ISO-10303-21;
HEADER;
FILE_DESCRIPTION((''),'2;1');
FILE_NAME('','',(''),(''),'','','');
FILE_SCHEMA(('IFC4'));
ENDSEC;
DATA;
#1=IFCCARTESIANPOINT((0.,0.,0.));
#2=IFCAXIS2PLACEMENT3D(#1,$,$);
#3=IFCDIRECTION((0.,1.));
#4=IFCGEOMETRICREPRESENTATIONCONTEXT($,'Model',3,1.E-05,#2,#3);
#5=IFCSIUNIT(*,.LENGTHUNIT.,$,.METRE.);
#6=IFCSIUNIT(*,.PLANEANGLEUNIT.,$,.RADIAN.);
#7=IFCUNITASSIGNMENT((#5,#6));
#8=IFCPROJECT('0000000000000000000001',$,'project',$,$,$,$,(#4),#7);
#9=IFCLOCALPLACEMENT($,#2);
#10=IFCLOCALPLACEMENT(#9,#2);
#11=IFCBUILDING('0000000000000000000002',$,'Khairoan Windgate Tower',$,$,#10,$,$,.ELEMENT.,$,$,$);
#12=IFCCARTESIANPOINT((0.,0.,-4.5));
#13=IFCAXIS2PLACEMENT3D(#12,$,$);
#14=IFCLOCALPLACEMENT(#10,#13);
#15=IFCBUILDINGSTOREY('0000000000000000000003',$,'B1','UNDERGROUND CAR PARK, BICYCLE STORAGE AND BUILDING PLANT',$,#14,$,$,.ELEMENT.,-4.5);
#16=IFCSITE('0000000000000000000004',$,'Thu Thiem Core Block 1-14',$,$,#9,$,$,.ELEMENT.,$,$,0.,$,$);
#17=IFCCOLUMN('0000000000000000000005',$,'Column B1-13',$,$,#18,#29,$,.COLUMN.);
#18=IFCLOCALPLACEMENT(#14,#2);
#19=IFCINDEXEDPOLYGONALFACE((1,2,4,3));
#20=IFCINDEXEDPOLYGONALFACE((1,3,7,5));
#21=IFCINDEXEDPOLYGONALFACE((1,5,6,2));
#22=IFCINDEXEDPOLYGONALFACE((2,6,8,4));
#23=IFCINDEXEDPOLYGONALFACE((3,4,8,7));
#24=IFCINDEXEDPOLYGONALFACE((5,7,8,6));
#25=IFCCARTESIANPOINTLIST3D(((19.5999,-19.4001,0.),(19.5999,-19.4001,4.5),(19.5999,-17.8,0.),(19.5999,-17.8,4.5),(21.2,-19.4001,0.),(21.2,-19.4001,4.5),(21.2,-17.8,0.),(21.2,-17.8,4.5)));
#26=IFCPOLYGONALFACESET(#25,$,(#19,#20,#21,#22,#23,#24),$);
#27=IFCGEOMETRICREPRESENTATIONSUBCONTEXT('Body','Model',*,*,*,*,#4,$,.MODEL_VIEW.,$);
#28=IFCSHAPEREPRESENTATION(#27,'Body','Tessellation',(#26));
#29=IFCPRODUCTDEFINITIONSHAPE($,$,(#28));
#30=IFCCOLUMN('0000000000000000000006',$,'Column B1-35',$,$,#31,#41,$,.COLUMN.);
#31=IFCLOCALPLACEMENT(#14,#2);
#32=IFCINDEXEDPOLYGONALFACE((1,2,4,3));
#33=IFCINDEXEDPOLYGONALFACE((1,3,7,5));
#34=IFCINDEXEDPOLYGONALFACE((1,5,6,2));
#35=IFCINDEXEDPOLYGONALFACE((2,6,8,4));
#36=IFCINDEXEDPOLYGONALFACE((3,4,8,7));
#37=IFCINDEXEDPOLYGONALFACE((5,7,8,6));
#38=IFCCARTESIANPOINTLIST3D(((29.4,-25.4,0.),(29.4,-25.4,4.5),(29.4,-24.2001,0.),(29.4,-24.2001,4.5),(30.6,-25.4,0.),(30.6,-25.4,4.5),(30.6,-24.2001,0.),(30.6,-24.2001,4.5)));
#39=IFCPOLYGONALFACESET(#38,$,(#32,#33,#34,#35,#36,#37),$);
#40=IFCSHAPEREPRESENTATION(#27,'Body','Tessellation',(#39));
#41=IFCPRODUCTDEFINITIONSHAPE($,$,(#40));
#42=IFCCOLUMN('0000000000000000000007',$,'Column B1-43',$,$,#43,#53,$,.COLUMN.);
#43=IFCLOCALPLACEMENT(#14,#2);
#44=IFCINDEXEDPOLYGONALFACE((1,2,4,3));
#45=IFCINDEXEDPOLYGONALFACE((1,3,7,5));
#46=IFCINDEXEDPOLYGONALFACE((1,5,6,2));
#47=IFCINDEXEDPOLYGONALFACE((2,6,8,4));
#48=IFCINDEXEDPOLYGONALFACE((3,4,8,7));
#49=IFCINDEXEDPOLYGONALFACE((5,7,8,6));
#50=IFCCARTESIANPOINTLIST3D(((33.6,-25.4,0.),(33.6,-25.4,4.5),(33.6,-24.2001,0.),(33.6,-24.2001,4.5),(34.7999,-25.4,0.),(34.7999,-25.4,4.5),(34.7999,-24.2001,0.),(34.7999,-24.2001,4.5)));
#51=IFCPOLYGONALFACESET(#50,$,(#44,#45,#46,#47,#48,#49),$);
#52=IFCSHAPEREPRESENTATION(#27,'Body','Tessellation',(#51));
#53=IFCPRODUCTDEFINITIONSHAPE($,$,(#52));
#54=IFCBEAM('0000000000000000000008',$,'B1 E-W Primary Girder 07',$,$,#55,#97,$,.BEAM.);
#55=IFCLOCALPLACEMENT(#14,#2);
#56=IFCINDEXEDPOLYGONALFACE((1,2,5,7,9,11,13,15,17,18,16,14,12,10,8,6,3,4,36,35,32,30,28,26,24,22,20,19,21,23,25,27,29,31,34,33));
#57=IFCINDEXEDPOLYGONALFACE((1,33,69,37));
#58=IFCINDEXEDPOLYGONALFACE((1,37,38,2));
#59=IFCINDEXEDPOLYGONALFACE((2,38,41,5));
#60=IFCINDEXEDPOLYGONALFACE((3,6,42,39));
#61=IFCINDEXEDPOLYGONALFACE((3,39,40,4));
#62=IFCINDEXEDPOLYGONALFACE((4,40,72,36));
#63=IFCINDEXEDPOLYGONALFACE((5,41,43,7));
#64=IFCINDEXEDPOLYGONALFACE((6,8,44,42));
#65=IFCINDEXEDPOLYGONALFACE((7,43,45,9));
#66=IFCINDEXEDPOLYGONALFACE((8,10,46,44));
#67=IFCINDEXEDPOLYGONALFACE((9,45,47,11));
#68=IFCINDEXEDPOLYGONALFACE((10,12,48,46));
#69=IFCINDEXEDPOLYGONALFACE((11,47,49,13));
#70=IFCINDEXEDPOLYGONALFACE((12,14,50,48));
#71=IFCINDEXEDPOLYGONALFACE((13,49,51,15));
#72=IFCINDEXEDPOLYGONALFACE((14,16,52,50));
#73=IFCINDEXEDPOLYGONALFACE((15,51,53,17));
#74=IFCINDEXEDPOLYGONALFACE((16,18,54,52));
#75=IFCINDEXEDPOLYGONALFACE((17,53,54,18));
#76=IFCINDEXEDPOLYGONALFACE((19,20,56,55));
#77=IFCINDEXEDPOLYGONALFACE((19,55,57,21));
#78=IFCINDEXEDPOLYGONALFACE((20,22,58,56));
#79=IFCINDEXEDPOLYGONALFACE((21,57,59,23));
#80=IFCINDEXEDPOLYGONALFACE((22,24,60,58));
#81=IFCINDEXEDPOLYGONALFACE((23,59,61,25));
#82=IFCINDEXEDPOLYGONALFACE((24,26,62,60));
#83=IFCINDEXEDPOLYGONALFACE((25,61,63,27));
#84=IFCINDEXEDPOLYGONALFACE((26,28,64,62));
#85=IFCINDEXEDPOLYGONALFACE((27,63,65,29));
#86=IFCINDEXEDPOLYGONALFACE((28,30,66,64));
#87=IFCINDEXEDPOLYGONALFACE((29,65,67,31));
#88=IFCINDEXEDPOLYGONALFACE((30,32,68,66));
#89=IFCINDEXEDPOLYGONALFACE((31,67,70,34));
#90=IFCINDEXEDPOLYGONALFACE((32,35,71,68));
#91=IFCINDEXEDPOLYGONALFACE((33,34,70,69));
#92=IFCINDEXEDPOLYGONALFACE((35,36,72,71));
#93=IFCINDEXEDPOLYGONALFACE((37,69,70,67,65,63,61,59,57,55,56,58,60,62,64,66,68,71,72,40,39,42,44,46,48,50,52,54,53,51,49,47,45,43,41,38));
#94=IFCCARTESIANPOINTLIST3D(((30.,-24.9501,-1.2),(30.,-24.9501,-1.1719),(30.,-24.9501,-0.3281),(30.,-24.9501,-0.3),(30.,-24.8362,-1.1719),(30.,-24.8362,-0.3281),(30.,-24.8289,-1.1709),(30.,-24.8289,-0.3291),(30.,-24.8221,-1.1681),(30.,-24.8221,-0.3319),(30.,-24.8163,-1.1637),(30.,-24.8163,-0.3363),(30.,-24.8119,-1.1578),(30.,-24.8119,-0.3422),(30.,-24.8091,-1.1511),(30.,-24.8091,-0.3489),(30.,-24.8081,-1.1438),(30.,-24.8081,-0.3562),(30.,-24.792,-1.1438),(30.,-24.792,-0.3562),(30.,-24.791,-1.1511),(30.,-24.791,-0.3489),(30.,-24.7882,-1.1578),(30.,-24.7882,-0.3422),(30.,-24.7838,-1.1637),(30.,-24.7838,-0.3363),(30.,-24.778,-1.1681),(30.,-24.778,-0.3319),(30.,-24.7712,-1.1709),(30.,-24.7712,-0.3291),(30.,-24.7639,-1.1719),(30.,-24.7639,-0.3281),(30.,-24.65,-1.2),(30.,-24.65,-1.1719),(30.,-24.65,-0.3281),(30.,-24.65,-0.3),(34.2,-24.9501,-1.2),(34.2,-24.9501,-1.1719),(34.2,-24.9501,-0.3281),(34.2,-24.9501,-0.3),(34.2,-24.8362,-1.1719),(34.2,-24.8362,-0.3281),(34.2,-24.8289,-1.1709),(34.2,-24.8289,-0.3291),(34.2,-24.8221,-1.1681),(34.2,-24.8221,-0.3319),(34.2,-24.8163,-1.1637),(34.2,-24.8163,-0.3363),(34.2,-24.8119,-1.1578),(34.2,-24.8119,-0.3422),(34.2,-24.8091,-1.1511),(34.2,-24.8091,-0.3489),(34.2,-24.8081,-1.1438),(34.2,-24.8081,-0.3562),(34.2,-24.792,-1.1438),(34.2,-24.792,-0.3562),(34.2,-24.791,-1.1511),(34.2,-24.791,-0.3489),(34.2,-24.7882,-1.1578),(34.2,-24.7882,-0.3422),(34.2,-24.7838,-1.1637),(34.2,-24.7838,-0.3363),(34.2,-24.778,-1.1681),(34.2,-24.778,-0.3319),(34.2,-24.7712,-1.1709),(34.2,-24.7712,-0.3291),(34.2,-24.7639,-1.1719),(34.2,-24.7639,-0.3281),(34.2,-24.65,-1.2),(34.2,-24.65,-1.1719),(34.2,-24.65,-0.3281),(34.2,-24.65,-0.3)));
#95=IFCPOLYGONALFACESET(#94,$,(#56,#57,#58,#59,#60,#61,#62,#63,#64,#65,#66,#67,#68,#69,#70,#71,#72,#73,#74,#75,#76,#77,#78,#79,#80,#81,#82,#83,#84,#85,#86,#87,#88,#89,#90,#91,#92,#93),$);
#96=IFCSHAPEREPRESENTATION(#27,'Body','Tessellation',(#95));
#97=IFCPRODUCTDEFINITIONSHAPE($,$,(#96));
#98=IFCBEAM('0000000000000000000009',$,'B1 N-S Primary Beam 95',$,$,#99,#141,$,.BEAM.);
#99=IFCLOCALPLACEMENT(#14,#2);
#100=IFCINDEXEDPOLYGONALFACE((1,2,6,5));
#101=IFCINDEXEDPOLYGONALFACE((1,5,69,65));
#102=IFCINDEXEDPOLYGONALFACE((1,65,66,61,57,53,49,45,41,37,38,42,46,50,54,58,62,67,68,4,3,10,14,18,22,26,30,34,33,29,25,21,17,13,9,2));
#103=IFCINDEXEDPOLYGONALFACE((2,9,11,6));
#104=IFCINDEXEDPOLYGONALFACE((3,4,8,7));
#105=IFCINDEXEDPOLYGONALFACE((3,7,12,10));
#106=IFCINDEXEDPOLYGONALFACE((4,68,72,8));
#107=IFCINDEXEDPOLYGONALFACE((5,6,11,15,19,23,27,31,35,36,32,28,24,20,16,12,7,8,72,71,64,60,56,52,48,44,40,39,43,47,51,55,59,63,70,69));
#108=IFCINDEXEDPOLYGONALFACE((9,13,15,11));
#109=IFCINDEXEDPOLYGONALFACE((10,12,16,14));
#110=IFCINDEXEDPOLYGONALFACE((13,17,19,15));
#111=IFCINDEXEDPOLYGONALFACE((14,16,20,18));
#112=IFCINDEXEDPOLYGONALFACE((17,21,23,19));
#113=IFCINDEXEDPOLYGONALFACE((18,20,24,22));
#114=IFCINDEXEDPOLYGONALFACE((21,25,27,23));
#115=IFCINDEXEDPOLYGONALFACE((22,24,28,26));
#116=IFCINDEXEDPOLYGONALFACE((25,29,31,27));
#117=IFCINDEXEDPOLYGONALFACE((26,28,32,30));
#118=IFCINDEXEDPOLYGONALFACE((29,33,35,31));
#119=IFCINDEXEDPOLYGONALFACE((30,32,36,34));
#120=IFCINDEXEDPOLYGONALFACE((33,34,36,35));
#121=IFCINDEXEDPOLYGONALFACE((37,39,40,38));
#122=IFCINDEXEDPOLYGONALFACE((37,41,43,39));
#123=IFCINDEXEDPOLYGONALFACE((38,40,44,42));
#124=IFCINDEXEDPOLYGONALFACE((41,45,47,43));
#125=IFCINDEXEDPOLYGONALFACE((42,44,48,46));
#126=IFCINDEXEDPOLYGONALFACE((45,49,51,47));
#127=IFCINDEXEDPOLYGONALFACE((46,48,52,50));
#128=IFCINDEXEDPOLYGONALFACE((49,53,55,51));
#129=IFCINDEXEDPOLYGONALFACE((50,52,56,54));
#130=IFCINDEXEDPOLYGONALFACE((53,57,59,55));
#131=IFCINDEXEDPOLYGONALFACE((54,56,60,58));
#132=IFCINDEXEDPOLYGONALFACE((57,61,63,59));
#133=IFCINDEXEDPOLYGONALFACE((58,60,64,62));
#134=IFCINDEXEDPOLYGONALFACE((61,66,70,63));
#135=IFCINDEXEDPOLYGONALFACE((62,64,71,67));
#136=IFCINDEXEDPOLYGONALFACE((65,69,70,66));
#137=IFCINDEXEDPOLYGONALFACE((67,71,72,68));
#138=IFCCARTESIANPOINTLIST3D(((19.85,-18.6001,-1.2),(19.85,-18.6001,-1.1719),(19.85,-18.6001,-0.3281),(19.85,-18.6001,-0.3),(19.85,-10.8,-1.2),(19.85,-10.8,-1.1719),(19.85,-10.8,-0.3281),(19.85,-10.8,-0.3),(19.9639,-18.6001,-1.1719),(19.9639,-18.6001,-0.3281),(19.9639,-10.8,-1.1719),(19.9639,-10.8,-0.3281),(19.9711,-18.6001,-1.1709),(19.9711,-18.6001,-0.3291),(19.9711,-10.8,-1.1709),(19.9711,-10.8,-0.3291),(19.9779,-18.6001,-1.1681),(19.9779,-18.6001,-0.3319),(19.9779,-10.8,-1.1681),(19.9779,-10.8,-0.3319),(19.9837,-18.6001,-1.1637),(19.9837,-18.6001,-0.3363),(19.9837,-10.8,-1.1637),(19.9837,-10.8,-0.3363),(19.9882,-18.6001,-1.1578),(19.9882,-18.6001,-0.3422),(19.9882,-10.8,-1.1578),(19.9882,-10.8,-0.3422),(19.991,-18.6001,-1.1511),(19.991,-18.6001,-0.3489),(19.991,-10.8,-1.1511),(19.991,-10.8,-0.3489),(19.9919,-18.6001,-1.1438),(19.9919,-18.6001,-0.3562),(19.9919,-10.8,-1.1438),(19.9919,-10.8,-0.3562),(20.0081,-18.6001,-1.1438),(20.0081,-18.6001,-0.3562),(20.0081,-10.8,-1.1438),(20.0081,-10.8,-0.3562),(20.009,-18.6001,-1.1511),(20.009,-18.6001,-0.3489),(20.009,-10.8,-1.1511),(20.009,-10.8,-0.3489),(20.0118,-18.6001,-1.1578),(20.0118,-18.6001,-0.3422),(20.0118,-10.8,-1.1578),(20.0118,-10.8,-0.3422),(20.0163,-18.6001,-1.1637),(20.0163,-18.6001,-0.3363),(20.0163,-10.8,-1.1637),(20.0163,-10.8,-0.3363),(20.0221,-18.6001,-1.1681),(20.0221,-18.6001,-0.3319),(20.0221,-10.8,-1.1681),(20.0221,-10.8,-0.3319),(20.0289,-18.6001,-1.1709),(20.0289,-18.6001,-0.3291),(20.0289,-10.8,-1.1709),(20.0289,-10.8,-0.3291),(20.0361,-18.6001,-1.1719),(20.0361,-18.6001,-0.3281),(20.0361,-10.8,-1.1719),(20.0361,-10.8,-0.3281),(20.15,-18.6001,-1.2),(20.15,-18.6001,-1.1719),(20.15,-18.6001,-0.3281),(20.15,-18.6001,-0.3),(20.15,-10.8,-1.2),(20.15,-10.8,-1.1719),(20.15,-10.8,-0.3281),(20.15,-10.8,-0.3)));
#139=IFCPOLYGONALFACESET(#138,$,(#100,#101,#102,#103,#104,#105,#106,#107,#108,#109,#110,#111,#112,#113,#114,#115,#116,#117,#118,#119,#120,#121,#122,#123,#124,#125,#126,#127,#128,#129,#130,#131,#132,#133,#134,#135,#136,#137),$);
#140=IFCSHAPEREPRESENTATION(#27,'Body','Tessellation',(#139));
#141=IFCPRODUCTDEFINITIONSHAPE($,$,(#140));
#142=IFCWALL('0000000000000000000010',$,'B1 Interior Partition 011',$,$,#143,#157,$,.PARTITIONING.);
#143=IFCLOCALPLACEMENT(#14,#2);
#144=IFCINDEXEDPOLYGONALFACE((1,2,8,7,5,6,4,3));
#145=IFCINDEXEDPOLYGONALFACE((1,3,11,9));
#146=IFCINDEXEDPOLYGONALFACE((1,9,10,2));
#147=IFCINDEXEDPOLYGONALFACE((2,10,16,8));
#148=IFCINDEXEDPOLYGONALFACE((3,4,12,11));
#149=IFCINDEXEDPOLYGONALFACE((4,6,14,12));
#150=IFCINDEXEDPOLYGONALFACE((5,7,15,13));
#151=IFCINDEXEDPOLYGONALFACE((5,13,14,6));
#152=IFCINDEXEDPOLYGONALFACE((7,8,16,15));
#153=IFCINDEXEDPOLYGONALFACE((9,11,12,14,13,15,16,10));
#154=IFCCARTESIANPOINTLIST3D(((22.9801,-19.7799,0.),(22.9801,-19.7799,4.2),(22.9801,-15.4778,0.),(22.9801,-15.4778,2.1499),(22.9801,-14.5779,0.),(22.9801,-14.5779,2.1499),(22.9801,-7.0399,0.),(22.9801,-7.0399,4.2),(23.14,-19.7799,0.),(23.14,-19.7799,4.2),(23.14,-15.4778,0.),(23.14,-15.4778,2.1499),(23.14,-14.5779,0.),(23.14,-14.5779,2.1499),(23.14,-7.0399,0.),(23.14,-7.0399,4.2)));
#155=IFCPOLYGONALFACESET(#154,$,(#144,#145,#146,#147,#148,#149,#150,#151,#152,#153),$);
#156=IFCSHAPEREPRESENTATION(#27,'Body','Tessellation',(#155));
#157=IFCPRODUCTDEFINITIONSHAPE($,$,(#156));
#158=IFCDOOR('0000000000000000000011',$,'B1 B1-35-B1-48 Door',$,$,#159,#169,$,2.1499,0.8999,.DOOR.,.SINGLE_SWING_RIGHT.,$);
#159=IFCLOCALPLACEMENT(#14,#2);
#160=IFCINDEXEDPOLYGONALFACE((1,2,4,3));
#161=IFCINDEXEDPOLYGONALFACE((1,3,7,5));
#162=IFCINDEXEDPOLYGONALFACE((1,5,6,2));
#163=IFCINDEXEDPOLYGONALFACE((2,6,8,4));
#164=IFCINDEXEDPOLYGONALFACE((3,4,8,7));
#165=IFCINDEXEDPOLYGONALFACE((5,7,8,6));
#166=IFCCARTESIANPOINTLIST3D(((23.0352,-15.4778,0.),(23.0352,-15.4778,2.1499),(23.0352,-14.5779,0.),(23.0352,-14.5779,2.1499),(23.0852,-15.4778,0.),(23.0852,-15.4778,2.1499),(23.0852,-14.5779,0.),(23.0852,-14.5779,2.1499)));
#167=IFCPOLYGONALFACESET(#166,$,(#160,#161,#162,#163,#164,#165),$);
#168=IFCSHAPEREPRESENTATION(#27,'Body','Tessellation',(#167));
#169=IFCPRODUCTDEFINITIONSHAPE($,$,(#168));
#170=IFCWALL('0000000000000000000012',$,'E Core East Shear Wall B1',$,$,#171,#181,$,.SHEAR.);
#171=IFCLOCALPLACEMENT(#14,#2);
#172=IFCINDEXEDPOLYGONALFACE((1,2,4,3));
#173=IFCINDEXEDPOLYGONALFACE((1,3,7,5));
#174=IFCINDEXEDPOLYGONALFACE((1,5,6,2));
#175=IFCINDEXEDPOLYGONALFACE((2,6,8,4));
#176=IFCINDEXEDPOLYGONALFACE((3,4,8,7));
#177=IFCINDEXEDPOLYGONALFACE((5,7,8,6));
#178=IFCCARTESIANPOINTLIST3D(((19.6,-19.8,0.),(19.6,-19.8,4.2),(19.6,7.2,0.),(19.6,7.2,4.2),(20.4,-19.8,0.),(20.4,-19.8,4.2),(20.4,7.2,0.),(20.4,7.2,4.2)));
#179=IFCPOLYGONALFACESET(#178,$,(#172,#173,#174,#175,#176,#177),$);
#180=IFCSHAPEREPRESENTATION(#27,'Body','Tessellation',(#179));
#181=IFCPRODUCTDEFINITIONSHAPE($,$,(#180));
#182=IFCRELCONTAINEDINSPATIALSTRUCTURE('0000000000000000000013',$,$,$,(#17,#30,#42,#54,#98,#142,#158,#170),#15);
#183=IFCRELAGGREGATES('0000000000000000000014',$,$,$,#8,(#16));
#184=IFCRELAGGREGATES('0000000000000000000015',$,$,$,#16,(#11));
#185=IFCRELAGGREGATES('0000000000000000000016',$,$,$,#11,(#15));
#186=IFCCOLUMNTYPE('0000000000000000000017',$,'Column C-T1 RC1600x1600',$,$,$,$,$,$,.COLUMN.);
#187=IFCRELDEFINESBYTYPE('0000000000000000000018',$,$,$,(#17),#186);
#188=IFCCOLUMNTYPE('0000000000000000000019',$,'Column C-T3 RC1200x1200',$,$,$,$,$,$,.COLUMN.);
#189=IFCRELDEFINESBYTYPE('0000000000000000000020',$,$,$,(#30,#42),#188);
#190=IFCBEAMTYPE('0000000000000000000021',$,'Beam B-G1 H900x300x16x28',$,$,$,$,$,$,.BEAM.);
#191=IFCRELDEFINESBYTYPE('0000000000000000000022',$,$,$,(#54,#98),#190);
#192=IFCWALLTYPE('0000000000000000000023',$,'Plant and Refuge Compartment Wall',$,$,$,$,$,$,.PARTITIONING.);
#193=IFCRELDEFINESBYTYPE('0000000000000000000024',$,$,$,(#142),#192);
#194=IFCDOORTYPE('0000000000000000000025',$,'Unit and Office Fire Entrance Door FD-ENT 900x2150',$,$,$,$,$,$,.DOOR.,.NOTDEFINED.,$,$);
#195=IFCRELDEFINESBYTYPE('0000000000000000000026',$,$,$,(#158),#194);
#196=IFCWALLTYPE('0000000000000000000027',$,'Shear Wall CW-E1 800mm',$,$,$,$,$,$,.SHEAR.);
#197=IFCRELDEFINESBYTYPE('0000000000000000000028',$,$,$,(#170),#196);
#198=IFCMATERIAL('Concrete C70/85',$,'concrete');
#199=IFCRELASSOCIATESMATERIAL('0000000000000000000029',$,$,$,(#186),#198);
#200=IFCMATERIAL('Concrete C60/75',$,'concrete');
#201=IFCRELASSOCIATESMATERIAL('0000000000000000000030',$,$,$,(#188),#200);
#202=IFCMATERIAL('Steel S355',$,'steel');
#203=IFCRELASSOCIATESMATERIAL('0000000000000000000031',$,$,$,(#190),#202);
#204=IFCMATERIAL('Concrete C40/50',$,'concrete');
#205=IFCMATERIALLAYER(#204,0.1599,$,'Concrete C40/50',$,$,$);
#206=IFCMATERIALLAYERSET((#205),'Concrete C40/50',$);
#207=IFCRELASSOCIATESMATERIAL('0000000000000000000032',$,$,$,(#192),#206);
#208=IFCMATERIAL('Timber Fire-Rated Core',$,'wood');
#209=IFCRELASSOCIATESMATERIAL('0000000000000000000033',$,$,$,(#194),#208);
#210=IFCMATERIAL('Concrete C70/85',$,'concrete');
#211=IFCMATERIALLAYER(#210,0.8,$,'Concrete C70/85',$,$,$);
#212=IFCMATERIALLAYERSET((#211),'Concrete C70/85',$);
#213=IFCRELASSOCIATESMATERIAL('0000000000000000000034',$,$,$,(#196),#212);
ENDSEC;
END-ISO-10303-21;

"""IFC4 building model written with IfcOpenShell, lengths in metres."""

from ifc_helpers import new_model, si_unit, direction, frame, frame_2d, origin, origin_2d, place, context, subcontext, project, spatial, rectangle, i_section, extrude, material, layer, layer_set, material_profile, profile_set, type_object, element, fill, save


model = new_model("IFC4")

# Units and contexts
model_context = context("Model", 3, precision=1e-05, world=origin(), true_north=direction((0.0, 1.0)))
body_context = subcontext(model_context, "Body", "Model", "MODEL_VIEW")
ifc_project = project(units=[si_unit("LENGTHUNIT", "METRE"), si_unit("PLANEANGLEUNIT", "RADIAN")], contexts=[model_context])

# Site, building, storey
site_placement = place(None, origin())
site = spatial("IfcSite", under=ifc_project, at=site_placement, Name="Thu Thiem Core Block 1-14", CompositionType="ELEMENT", RefElevation=0.0)
building_placement = place(site_placement, origin())
building = spatial("IfcBuilding", under=site, at=building_placement, Name="Khairoan Windgate Tower", CompositionType="ELEMENT")
storey_placement = place(building_placement, frame((0.0, 0.0, -4.5)))
storey = spatial("IfcBuildingStorey", under=building, at=storey_placement, Name="B1", Description="UNDERGROUND CAR PARK, BICYCLE STORAGE AND BUILDING PLANT", CompositionType="ELEMENT", Elevation=-4.5)

# Columns
ifc_material_1 = material(Name="Concrete C70/85", Category="concrete")
ifc_material_profile_1 = material_profile(ifc_material_1, rectangle(XDim=1.6001, YDim=1.6001, at=origin_2d()))
ifc_profile_set_1 = profile_set([ifc_material_profile_1], Name="Concrete C70/85")
column_type_1 = type_object("IfcColumnType", Name="Column C-T1 RC1600x1600", PredefinedType="COLUMN", material=ifc_profile_set_1)
column_placement = place(storey_placement, frame((20.3999, -18.6001, 0.0), z_axis=(0.0, 0.0, 1.0), x_axis=(1.0, 0.0, 0.0)))
element("IfcColumn", 1, at=column_placement, inside=storey, type_object=column_type_1, Name="Column B1-13", PredefinedType="COLUMN", context=body_context, shape_type="SweptSolid", body=[
    extrude(rectangle(XDim=1.6001, YDim=1.6001, at=origin_2d()), origin(), (0.0, 0.0, 1.0), 4.5),
])
ifc_material_2 = material(Name="Concrete C60/75", Category="concrete")
ifc_material_profile_2 = material_profile(ifc_material_2, rectangle(XDim=1.2, YDim=1.2, at=origin_2d()))
ifc_profile_set_2 = profile_set([ifc_material_profile_2], Name="Concrete C60/75")
column_type_2 = type_object("IfcColumnType", Name="Column C-T3 RC1200x1200", PredefinedType="COLUMN", material=ifc_profile_set_2)
for number, where, z_axis, x_axis, name in (
    (2, (30.0, -24.8, 0.0), (0.0, 0.0, 1.0), (1.0, 0.0, 0.0), "Column B1-35"),
    (3, (34.2, -24.8, 0.0), (0.0, 0.0, 1.0), (1.0, 0.0, 0.0), "Column B1-43"),
):
    element("IfcColumn", number, at=place(storey_placement, frame(where, z_axis=z_axis, x_axis=x_axis)), inside=storey, type_object=column_type_2, Name=name, PredefinedType="COLUMN", context=body_context, shape_type="SweptSolid", body=[
        extrude(rectangle(XDim=1.2, YDim=1.2, at=origin_2d()), origin(), (0.0, 0.0, 1.0), 4.5),
    ])

# Beams
ifc_material_3 = material(Name="Steel S355", Category="steel")
ifc_material_profile_3 = material_profile(ifc_material_3, i_section(OverallWidth=0.3, OverallDepth=0.8999, WebThickness=0.0161, FlangeThickness=0.0281, FilletRadius=0.0281, at=origin_2d()))
ifc_profile_set_3 = profile_set([ifc_material_profile_3], Name="Steel S355")
beam_type = type_object("IfcBeamType", Name="Beam B-G1 H900x300x16x28", PredefinedType="BEAM", material=ifc_profile_set_3)
beam_1_placement = place(storey_placement, frame((30.0, -24.8, -0.75), z_axis=(1.0, 0.0, 0.0), x_axis=(0.0, 1.0, 0.0)))
element("IfcBeam", 4, at=beam_1_placement, inside=storey, type_object=beam_type, Name="B1 E-W Primary Girder 07", PredefinedType="BEAM", context=body_context, shape_type="SweptSolid", body=[
    extrude(i_section(OverallWidth=0.3, OverallDepth=0.8999, WebThickness=0.0161, FlangeThickness=0.0281, FilletRadius=0.0281, at=origin_2d()), origin(), (0.0, 0.0, 1.0), 4.2),
])
beam_2_placement = place(storey_placement, frame((20.0, -18.6001, -0.75), z_axis=(0.0, 1.0, 0.0), x_axis=(-1.0, 0.0, 0.0)))
element("IfcBeam", 5, at=beam_2_placement, inside=storey, type_object=beam_type, Name="B1 N-S Primary Beam 95", PredefinedType="BEAM", context=body_context, shape_type="SweptSolid", body=[
    extrude(i_section(OverallWidth=0.3, OverallDepth=0.8999, WebThickness=0.0161, FlangeThickness=0.0281, FilletRadius=0.0281, at=origin_2d()), origin(), (0.0, 0.0, 1.0), 7.8),
])

# Wall, opening, door
ifc_material_4 = material(Name="Concrete C40/50", Category="concrete")
ifc_layer_1 = layer(ifc_material_4, 0.1599, Name="Concrete C40/50")
ifc_layer_set_1 = layer_set([ifc_layer_1], Name="Concrete C40/50")
wall_type_1 = type_object("IfcWallType", Name="Plant and Refuge Compartment Wall", PredefinedType="PARTITIONING", material=ifc_layer_set_1)
ifc_material_5 = material(Name="Timber Fire-Rated Core", Category="wood")
door_type = type_object("IfcDoorType", Name="Unit and Office Fire Entrance Door FD-ENT 900x2150", OperationType="NOTDEFINED", PredefinedType="DOOR", material=ifc_material_5)
wall_1_placement = place(storey_placement, frame((23.0601, -19.78, 0.0), z_axis=(0.0, 0.0, 1.0), x_axis=(0.0, 1.0, 0.0)))
wall_1 = element("IfcWall", 6, at=wall_1_placement, inside=storey, type_object=wall_type_1, Name="B1 Interior Partition 011", PredefinedType="PARTITIONING", context=body_context, shape_type="SweptSolid", body=[
    extrude(rectangle(XDim=12.74, YDim=0.1599, at=frame_2d((6.3701, 0.0))), origin(), (0.0, 0.0, 1.0), 4.2),
])
opening_1_placement = place(wall_1_placement, frame((4.3022, 0.0, 0.0)))
opening_1 = element("IfcOpeningElement", 7, at=opening_1_placement, cuts=wall_1, PredefinedType="OPENING", context=body_context, shape_type="SweptSolid", body=[
    extrude(rectangle(XDim=0.8999, YDim=2.1499, at=frame_2d((0.45, 1.075))), frame((0.0, 0.0898, 0.0), z_axis=(0.0, -1.0, 0.0), x_axis=(1.0, 0.0, 0.0)), (0.0, 0.0, 1.0), 0.1799),
])
door_1_placement = place(opening_1_placement, origin())
door_1 = element("IfcDoor", 8, at=door_1_placement, inside=storey, type_object=door_type, Name="B1 B1-35-B1-48 Door", OperationType="SINGLE_SWING_RIGHT", OverallHeight=2.1499, OverallWidth=0.8999, PredefinedType="DOOR", context=body_context, shape_type="SweptSolid", body=[
    extrude(rectangle(XDim=0.8999, YDim=2.1499, at=frame_2d((0.45, 1.075))), frame((0.0, 0.0249, 0.0), z_axis=(0.0, -1.0, 0.0), x_axis=(1.0, 0.0, 0.0)), (0.0, 0.0, 1.0), 0.05),
])
fill(opening_1, door_1)

# Wall
ifc_material_6 = material(Name="Concrete C70/85", Category="concrete")
ifc_layer_2 = layer(ifc_material_6, 0.8, Name="Concrete C70/85")
ifc_layer_set_2 = layer_set([ifc_layer_2], Name="Concrete C70/85")
wall_type_2 = type_object("IfcWallType", Name="Shear Wall CW-E1 800mm", PredefinedType="SHEAR", material=ifc_layer_set_2)
wall_2_placement = place(storey_placement, frame((20.0, -19.8, 0.0), z_axis=(0.0, 0.0, 1.0), x_axis=(0.0, 1.0, 0.0)))
element("IfcWall", 9, at=wall_2_placement, inside=storey, type_object=wall_type_2, Name="E Core East Shear Wall B1", PredefinedType="SHEAR", context=body_context, shape_type="SweptSolid", body=[
    extrude(rectangle(XDim=27.0, YDim=0.8, at=frame_2d((13.5, 0.0))), origin(), (0.0, 0.0, 1.0), 4.2),
])

save(model, "model.ifc")
